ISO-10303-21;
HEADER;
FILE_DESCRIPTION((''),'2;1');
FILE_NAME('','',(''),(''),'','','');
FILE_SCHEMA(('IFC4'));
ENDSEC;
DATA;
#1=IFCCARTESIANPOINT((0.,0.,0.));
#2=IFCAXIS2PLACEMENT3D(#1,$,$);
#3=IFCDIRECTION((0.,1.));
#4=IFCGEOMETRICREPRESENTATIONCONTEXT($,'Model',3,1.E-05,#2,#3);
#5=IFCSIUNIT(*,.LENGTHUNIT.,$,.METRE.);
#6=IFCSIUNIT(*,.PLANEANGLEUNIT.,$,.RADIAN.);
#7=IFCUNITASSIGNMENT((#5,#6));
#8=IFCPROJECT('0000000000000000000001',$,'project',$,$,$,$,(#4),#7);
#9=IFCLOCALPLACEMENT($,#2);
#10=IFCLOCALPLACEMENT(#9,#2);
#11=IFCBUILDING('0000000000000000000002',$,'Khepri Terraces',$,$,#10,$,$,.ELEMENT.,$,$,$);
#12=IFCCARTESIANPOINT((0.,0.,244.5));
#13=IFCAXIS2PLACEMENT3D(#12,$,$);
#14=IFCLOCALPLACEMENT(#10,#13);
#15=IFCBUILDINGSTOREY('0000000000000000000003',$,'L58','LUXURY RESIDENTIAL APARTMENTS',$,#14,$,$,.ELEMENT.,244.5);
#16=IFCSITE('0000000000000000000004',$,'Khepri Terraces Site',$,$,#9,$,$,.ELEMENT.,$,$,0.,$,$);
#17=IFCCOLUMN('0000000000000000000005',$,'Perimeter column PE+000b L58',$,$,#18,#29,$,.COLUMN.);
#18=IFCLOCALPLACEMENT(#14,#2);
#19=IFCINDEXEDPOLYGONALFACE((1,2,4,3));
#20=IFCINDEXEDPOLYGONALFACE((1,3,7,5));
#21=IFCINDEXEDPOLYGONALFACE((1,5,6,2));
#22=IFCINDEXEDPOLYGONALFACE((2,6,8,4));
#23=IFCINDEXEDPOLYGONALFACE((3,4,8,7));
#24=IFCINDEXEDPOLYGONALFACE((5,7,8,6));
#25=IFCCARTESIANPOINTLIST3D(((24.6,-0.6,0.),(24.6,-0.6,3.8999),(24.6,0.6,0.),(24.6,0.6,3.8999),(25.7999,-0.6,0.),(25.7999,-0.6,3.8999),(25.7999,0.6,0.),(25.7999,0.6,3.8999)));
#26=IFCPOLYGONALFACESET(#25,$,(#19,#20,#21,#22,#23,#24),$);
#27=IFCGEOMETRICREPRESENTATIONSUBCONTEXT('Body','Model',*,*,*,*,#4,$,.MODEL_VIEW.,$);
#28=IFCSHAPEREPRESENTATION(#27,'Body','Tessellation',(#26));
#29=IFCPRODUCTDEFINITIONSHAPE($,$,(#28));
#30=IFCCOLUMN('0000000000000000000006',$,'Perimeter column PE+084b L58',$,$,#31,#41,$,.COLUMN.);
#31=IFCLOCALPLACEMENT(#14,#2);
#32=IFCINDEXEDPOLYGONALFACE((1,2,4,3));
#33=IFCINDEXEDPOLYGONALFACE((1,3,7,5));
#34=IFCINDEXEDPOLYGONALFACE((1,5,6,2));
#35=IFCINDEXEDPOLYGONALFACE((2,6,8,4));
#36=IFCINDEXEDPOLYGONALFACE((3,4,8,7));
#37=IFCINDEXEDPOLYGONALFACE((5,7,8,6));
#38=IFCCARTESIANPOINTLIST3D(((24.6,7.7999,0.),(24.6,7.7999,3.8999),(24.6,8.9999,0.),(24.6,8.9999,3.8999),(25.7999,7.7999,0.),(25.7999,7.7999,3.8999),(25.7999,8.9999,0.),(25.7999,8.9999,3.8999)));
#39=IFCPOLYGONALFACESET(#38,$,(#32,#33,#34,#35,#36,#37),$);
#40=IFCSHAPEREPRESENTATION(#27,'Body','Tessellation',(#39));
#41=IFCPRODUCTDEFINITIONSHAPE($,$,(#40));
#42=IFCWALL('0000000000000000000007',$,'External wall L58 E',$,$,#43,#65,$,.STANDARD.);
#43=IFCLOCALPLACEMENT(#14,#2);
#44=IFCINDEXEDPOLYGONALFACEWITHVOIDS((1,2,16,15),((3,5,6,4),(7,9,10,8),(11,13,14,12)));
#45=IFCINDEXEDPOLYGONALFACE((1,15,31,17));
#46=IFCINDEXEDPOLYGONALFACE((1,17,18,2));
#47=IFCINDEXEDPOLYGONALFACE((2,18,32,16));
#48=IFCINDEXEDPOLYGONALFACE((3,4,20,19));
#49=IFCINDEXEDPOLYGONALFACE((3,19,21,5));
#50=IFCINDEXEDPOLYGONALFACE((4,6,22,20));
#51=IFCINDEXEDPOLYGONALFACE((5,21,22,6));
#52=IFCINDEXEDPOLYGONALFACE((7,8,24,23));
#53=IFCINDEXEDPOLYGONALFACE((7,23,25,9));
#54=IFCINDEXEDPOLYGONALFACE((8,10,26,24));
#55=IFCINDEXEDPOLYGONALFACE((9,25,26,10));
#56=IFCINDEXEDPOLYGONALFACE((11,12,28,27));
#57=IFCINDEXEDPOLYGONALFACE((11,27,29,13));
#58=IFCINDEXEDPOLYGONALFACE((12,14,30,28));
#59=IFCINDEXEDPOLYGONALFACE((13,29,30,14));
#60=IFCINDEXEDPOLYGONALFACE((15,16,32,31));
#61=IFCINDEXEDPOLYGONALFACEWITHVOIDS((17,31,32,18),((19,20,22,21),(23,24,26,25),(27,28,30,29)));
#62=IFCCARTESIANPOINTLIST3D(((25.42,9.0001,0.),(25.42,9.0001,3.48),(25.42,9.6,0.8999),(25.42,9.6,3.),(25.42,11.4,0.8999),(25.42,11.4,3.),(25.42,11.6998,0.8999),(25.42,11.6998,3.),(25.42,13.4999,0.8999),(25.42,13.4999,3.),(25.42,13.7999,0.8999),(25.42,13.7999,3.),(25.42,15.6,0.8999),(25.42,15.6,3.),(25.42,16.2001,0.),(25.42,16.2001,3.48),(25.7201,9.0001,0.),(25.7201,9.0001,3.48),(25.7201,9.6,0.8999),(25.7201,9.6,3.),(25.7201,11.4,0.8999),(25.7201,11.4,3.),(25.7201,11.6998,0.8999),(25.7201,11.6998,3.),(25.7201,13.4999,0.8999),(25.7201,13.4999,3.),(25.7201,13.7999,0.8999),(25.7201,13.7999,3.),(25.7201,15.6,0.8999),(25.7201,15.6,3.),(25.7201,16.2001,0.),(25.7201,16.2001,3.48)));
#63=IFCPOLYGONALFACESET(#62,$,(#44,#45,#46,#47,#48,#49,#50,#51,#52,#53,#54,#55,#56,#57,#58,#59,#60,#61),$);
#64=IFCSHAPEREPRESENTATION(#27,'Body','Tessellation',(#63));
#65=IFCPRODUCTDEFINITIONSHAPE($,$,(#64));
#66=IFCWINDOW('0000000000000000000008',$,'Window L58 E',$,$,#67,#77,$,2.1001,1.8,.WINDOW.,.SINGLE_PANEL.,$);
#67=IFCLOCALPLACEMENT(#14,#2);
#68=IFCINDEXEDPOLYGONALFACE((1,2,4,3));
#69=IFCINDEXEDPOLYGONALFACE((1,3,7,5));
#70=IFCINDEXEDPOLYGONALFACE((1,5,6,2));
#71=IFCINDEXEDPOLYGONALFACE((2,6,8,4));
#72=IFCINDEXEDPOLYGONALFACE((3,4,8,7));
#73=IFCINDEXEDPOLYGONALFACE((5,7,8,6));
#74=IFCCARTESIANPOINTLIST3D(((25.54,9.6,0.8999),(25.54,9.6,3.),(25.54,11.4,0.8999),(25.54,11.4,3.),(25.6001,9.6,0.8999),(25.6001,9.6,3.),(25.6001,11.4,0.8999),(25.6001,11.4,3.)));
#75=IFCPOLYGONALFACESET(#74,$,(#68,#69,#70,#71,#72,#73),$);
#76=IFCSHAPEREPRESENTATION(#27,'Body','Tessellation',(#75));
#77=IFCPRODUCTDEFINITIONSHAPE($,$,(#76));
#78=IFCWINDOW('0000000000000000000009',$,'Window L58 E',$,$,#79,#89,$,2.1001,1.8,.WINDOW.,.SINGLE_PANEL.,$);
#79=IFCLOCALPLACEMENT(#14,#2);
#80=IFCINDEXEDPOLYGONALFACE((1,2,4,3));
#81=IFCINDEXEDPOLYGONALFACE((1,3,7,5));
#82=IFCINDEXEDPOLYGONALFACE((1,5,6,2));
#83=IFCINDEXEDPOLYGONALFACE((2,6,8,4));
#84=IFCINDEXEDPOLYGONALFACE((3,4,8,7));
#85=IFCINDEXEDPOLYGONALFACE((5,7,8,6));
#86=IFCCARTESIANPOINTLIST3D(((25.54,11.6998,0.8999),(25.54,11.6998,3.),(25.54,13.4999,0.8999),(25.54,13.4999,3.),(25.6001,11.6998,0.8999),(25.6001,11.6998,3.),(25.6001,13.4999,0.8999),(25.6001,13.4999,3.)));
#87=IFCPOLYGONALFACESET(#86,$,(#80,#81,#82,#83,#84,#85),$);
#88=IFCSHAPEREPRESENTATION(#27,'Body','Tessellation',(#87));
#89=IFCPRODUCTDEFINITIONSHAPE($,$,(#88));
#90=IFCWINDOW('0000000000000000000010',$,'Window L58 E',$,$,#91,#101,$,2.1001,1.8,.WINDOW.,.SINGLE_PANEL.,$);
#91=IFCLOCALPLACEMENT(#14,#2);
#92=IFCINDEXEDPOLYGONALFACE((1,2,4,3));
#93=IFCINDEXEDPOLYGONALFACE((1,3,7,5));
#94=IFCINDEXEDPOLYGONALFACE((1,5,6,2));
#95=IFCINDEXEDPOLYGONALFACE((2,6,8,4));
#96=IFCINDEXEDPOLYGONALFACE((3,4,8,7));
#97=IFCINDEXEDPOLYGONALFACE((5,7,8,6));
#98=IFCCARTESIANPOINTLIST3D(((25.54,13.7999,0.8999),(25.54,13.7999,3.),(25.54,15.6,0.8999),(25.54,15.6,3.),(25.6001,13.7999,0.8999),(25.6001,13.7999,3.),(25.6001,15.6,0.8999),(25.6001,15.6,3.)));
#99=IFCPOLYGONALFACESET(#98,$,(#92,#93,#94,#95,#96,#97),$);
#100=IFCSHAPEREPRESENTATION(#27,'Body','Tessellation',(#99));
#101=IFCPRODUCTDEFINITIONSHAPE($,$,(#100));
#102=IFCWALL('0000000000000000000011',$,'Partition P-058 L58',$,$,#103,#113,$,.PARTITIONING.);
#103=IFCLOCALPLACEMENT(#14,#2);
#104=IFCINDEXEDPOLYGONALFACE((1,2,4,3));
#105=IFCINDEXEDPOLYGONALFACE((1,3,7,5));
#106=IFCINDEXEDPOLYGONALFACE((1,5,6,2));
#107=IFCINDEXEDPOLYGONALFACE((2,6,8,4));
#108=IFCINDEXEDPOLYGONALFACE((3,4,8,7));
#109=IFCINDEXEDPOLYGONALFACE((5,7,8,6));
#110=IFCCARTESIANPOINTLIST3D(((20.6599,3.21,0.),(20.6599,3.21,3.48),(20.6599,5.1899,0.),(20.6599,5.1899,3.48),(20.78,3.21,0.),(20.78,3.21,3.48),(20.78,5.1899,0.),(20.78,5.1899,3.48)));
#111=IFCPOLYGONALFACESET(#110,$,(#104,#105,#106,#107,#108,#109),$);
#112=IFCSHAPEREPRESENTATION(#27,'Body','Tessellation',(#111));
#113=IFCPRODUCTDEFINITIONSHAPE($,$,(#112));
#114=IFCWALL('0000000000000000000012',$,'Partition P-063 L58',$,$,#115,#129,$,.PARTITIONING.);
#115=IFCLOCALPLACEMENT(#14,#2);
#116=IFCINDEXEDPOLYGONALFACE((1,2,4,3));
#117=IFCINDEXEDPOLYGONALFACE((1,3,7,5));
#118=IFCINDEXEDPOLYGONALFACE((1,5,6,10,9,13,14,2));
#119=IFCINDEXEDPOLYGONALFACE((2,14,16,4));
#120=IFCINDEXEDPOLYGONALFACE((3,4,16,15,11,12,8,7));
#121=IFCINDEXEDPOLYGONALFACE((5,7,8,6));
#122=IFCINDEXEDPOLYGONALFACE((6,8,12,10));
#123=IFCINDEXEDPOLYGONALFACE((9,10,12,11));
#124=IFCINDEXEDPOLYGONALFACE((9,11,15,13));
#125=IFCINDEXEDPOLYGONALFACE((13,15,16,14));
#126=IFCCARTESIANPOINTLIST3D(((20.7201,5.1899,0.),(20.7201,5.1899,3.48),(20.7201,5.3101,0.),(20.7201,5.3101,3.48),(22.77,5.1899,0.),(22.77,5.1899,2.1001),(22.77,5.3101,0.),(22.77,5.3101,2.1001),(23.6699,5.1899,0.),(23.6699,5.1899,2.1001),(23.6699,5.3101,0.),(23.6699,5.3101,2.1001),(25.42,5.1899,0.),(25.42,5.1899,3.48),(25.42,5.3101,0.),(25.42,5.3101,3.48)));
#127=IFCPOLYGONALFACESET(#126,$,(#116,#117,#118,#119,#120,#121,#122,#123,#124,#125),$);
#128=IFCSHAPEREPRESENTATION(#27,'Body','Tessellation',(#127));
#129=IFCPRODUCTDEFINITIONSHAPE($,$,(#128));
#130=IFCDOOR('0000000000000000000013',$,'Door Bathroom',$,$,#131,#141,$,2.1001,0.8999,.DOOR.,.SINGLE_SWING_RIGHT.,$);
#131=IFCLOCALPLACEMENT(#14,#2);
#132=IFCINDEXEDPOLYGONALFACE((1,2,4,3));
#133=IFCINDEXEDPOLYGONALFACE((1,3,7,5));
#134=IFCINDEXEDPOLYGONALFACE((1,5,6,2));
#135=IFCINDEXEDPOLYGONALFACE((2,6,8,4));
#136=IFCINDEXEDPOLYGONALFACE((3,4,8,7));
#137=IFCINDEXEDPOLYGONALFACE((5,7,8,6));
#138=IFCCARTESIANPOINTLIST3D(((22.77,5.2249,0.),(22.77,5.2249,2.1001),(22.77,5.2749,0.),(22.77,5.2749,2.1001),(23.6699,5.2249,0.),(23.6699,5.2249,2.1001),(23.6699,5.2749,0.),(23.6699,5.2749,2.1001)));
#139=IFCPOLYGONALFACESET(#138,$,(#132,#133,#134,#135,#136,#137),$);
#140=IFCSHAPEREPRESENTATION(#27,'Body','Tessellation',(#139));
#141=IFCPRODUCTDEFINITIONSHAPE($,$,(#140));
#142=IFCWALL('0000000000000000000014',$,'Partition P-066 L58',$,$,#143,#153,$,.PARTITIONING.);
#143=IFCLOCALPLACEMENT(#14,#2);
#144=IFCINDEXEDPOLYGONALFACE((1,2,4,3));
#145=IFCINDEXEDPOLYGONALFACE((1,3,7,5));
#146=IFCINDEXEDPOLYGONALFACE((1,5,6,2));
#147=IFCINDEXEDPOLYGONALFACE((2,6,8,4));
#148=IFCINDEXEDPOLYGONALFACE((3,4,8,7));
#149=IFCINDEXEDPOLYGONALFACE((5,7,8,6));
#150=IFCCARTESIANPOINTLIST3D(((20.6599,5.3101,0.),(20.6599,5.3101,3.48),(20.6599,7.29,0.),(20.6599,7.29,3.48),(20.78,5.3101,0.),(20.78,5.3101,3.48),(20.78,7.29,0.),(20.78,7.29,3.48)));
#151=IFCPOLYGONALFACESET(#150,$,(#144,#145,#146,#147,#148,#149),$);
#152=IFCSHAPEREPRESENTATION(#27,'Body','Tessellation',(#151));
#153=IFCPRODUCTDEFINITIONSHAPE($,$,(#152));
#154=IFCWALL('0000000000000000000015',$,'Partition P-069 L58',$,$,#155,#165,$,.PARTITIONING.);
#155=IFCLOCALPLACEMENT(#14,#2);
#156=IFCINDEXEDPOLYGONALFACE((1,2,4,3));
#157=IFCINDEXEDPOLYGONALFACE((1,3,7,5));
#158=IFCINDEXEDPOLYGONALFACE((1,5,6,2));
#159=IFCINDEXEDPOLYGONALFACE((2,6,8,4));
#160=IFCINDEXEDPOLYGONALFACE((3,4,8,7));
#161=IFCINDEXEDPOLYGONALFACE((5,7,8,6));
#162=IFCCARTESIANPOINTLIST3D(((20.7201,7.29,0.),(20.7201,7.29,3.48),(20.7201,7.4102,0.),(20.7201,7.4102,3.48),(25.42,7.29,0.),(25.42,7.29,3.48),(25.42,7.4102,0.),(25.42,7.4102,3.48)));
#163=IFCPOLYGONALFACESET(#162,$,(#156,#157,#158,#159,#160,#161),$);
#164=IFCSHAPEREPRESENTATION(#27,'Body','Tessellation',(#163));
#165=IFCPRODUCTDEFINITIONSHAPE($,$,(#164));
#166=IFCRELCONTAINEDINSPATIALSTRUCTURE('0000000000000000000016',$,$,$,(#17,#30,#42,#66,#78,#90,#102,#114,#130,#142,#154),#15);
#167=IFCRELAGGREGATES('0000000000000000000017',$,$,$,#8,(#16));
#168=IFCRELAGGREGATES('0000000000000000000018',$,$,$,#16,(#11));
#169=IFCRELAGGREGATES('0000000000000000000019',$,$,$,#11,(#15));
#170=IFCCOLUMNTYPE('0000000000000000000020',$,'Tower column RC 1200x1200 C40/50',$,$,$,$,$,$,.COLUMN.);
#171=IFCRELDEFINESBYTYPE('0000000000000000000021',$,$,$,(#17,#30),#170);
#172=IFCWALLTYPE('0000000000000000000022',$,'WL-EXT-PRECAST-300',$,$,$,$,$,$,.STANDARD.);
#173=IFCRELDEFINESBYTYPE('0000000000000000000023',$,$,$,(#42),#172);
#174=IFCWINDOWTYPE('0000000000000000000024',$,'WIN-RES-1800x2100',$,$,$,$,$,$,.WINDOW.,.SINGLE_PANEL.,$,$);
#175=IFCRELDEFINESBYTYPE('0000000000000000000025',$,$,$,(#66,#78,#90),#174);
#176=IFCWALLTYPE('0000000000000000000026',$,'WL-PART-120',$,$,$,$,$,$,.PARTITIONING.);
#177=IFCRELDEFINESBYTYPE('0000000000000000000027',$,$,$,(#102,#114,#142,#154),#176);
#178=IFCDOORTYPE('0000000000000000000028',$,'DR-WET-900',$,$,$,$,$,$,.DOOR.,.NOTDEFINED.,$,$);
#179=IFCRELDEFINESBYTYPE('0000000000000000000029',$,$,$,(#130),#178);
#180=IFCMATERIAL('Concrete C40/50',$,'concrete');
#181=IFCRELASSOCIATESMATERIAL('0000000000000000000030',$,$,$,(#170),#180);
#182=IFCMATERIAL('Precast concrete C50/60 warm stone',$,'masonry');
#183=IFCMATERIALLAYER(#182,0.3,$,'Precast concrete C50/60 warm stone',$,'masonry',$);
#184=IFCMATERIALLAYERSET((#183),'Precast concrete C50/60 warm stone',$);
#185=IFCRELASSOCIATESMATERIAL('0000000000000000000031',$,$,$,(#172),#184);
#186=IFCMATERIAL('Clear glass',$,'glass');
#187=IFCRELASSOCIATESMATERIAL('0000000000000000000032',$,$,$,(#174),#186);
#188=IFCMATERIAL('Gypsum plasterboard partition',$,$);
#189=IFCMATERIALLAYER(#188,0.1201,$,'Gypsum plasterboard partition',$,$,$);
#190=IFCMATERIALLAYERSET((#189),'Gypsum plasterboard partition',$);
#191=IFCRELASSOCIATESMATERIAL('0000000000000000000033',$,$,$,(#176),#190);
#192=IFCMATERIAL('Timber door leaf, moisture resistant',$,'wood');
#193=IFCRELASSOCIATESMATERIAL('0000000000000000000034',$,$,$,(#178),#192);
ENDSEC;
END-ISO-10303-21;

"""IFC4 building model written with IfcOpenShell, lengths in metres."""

from ifc_helpers import new_model, si_unit, direction, frame, frame_2d, origin, origin_2d, place, context, subcontext, project, spatial, rectangle, extrude, material, layer, layer_set, material_profile, profile_set, type_object, element, fill, save


model = new_model("IFC4")

# Units and contexts
model_context = context("Model", 3, precision=1e-05, world=origin(), true_north=direction((0.0, 1.0)))
body_context = subcontext(model_context, "Body", "Model", "MODEL_VIEW")
ifc_project = project(units=[si_unit("LENGTHUNIT", "METRE"), si_unit("PLANEANGLEUNIT", "RADIAN")], contexts=[model_context])

# Site, building, storey
site_placement = place(None, origin())
site = spatial("IfcSite", under=ifc_project, at=site_placement, Name="Khepri Terraces Site", CompositionType="ELEMENT", RefElevation=0.0)
building_placement = place(site_placement, origin())
building = spatial("IfcBuilding", under=site, at=building_placement, Name="Khepri Terraces", CompositionType="ELEMENT")
storey_placement = place(building_placement, frame((0.0, 0.0, 244.5)))
storey = spatial("IfcBuildingStorey", under=building, at=storey_placement, Name="L58", Description="LUXURY RESIDENTIAL APARTMENTS", CompositionType="ELEMENT", Elevation=244.5)

# Columns
ifc_material_1 = material(Name="Concrete C40/50", Category="concrete")
ifc_material_profile = material_profile(ifc_material_1, rectangle(XDim=1.2, YDim=1.2, at=origin_2d()), Name="Concrete C40/50", Category="concrete")
ifc_profile_set = profile_set([ifc_material_profile], Name="Concrete C40/50")
column_type = type_object("IfcColumnType", Name="Tower column RC 1200x1200 C40/50", PredefinedType="COLUMN", material=ifc_profile_set)
for number, where, z_axis, x_axis, name in (
    (1, (25.2, 0.0, 0.0), (0.0, 0.0, 1.0), (1.0, 0.0, 0.0), "Perimeter column PE+000b L58"),
    (2, (25.2, 8.3999, 0.0), (0.0, 0.0, 1.0), (1.0, 0.0, 0.0), "Perimeter column PE+084b L58"),
):
    element("IfcColumn", number, at=place(storey_placement, frame(where, z_axis=z_axis, x_axis=x_axis)), inside=storey, type_object=column_type, Name=name, PredefinedType="COLUMN", context=body_context, shape_type="SweptSolid", body=[
        extrude(rectangle(XDim=1.2, YDim=1.2, at=origin_2d()), origin(), (0.0, 0.0, 1.0), 3.8999),
    ])

# Shared definitions
ifc_material_2 = material(Name="Precast concrete C50/60 warm stone", Category="masonry")
ifc_layer_1 = layer(ifc_material_2, 0.3, Name="Precast concrete C50/60 warm stone", Category="masonry")
ifc_layer_set_1 = layer_set([ifc_layer_1], Name="Precast concrete C50/60 warm stone")
wall_type_1 = type_object("IfcWallType", Name="WL-EXT-PRECAST-300", PredefinedType="STANDARD", material=ifc_layer_set_1)
ifc_material_3 = material(Name="Clear glass", Category="glass")
window_type = type_object("IfcWindowType", Name="WIN-RES-1800x2100", PartitioningType="SINGLE_PANEL", PredefinedType="WINDOW", material=ifc_material_3)

# Wall, openings, windows
wall_1_placement = place(storey_placement, frame((25.5701, 9.0, 0.0), z_axis=(0.0, 0.0, 1.0), x_axis=(0.0, 1.0, 0.0)))
wall_1 = element("IfcWall", 3, at=wall_1_placement, inside=storey, type_object=wall_type_1, Name="External wall L58 E", PredefinedType="STANDARD", context=body_context, shape_type="SweptSolid", body=[
    extrude(rectangle(XDim=7.2, YDim=0.3, at=frame_2d((3.6001, 0.0))), origin(), (0.0, 0.0, 1.0), 3.48),
])
opening_1_placement = place(wall_1_placement, frame((0.6001, 0.0, 0.8999)))
opening_1 = element("IfcOpeningElement", 4, at=opening_1_placement, cuts=wall_1, PredefinedType="OPENING", context=body_context, shape_type="SweptSolid", body=[
    extrude(rectangle(XDim=1.8, YDim=2.1001, at=frame_2d((0.8999, 1.05))), frame((0.0, 0.1602, 0.0), z_axis=(0.0, -1.0, 0.0), x_axis=(1.0, 0.0, 0.0)), (0.0, 0.0, 1.0), 0.3201),
])
opening_2_placement = place(wall_1_placement, frame((2.7, 0.0, 0.8999)))
opening_2 = element("IfcOpeningElement", 5, at=opening_2_placement, cuts=wall_1, PredefinedType="OPENING", context=body_context, shape_type="SweptSolid", body=[
    extrude(rectangle(XDim=1.8, YDim=2.1001, at=frame_2d((0.8999, 1.05))), frame((0.0, 0.1602, 0.0), z_axis=(0.0, -1.0, 0.0), x_axis=(1.0, 0.0, 0.0)), (0.0, 0.0, 1.0), 0.3201),
])
opening_3_placement = place(wall_1_placement, frame((4.8, 0.0, 0.8999)))
opening_3 = element("IfcOpeningElement", 6, at=opening_3_placement, cuts=wall_1, PredefinedType="OPENING", context=body_context, shape_type="SweptSolid", body=[
    extrude(rectangle(XDim=1.8, YDim=2.1001, at=frame_2d((0.8999, 1.05))), frame((0.0, 0.1602, 0.0), z_axis=(0.0, -1.0, 0.0), x_axis=(1.0, 0.0, 0.0)), (0.0, 0.0, 1.0), 0.3201),
])
window_1_placement = place(opening_1_placement, origin())
window_1 = element("IfcWindow", 7, at=window_1_placement, inside=storey, type_object=window_type, Name="Window L58 E", OverallHeight=2.1001, OverallWidth=1.8, PartitioningType="SINGLE_PANEL", PredefinedType="WINDOW", context=body_context, shape_type="SweptSolid", body=[
    extrude(rectangle(XDim=1.8, YDim=2.1001, at=frame_2d((0.8999, 1.05))), frame((0.0, 0.03, 0.0), z_axis=(0.0, -1.0, 0.0), x_axis=(1.0, 0.0, 0.0)), (0.0, 0.0, 1.0), 0.0601),
])
fill(opening_1, window_1)
window_2_placement = place(opening_2_placement, origin())
window_2 = element("IfcWindow", 8, at=window_2_placement, inside=storey, type_object=window_type, Name="Window L58 E", OverallHeight=2.1001, OverallWidth=1.8, PartitioningType="SINGLE_PANEL", PredefinedType="WINDOW", context=body_context, shape_type="SweptSolid", body=[
    extrude(rectangle(XDim=1.8, YDim=2.1001, at=frame_2d((0.8999, 1.05))), frame((0.0, 0.03, 0.0), z_axis=(0.0, -1.0, 0.0), x_axis=(1.0, 0.0, 0.0)), (0.0, 0.0, 1.0), 0.0601),
])
fill(opening_2, window_2)
window_3_placement = place(opening_3_placement, origin())
window_3 = element("IfcWindow", 9, at=window_3_placement, inside=storey, type_object=window_type, Name="Window L58 E", OverallHeight=2.1001, OverallWidth=1.8, PartitioningType="SINGLE_PANEL", PredefinedType="WINDOW", context=body_context, shape_type="SweptSolid", body=[
    extrude(rectangle(XDim=1.8, YDim=2.1001, at=frame_2d((0.8999, 1.05))), frame((0.0, 0.03, 0.0), z_axis=(0.0, -1.0, 0.0), x_axis=(1.0, 0.0, 0.0)), (0.0, 0.0, 1.0), 0.0601),
])
fill(opening_3, window_3)

# Wall
ifc_material_4 = material(Name="Gypsum plasterboard partition")
ifc_layer_2 = layer(ifc_material_4, 0.1201, Name="Gypsum plasterboard partition")
ifc_layer_set_2 = layer_set([ifc_layer_2], Name="Gypsum plasterboard partition")
wall_type_2 = type_object("IfcWallType", Name="WL-PART-120", PredefinedType="PARTITIONING", material=ifc_layer_set_2)
wall_2_placement = place(storey_placement, frame((20.72, 3.21, 0.0), z_axis=(0.0, 0.0, 1.0), x_axis=(0.0, 1.0, 0.0)))
element("IfcWall", 10, at=wall_2_placement, inside=storey, type_object=wall_type_2, Name="Partition P-058 L58", PredefinedType="PARTITIONING", context=body_context, shape_type="SweptSolid", body=[
    extrude(rectangle(XDim=1.98, YDim=0.1201, at=frame_2d((0.99, 0.0))), origin(), (0.0, 0.0, 1.0), 3.48),
])

# Wall, opening, door
wall_3_placement = place(storey_placement, frame((20.72, 5.25, 0.0), z_axis=(0.0, 0.0, 1.0), x_axis=(1.0, 0.0, 0.0)))
wall_3 = element("IfcWall", 11, at=wall_3_placement, inside=storey, type_object=wall_type_2, Name="Partition P-063 L58", PredefinedType="PARTITIONING", context=body_context, shape_type="SweptSolid", body=[
    extrude(rectangle(XDim=4.7, YDim=0.1201, at=frame_2d((2.3501, 0.0))), origin(), (0.0, 0.0, 1.0), 3.48),
])
opening_4_placement = place(wall_3_placement, frame((2.05, 0.0, 0.0)))
opening_4 = element("IfcOpeningElement", 12, at=opening_4_placement, cuts=wall_3, PredefinedType="OPENING", context=body_context, shape_type="SweptSolid", body=[
    extrude(rectangle(XDim=0.8999, YDim=2.1001, at=frame_2d((0.45, 1.05))), frame((0.0, 0.0701, 0.0), z_axis=(0.0, -1.0, 0.0), x_axis=(1.0, 0.0, 0.0)), (0.0, 0.0, 1.0), 0.1401),
])
ifc_material_5 = material(Name="Timber door leaf, moisture resistant", Category="wood")
door_type_1 = type_object("IfcDoorType", Name="DR-WET-900", OperationType="NOTDEFINED", PredefinedType="DOOR", material=ifc_material_5)
door_1_placement = place(opening_4_placement, origin())
door_1 = element("IfcDoor", 13, at=door_1_placement, inside=storey, type_object=door_type_1, Name="Door Bathroom", OperationType="SINGLE_SWING_RIGHT", OverallHeight=2.1001, OverallWidth=0.8999, PredefinedType="DOOR", context=body_context, shape_type="SweptSolid", body=[
    extrude(rectangle(XDim=0.8999, YDim=2.1001, at=frame_2d((0.45, 1.05))), frame((0.0, 0.0249, 0.0), z_axis=(0.0, -1.0, 0.0), x_axis=(1.0, 0.0, 0.0)), (0.0, 0.0, 1.0), 0.05),
])
fill(opening_4, door_1)

# Walls
wall_4_placement = place(storey_placement, frame((20.72, 5.3101, 0.0), z_axis=(0.0, 0.0, 1.0), x_axis=(0.0, 1.0, 0.0)))
element("IfcWall", 14, at=wall_4_placement, inside=storey, type_object=wall_type_2, Name="Partition P-066 L58", PredefinedType="PARTITIONING", context=body_context, shape_type="SweptSolid", body=[
    extrude(rectangle(XDim=1.98, YDim=0.1201, at=frame_2d((0.99, 0.0))), origin(), (0.0, 0.0, 1.0), 3.48),
])
wall_5_placement = place(storey_placement, frame((20.72, 7.3501, 0.0), z_axis=(0.0, 0.0, 1.0), x_axis=(1.0, 0.0, 0.0)))
element("IfcWall", 15, at=wall_5_placement, inside=storey, type_object=wall_type_2, Name="Partition P-069 L58", PredefinedType="PARTITIONING", context=body_context, shape_type="SweptSolid", body=[
    extrude(rectangle(XDim=4.7, YDim=0.1201, at=frame_2d((2.3501, 0.0))), origin(), (0.0, 0.0, 1.0), 3.48),
])

save(model, "model.ifc")
